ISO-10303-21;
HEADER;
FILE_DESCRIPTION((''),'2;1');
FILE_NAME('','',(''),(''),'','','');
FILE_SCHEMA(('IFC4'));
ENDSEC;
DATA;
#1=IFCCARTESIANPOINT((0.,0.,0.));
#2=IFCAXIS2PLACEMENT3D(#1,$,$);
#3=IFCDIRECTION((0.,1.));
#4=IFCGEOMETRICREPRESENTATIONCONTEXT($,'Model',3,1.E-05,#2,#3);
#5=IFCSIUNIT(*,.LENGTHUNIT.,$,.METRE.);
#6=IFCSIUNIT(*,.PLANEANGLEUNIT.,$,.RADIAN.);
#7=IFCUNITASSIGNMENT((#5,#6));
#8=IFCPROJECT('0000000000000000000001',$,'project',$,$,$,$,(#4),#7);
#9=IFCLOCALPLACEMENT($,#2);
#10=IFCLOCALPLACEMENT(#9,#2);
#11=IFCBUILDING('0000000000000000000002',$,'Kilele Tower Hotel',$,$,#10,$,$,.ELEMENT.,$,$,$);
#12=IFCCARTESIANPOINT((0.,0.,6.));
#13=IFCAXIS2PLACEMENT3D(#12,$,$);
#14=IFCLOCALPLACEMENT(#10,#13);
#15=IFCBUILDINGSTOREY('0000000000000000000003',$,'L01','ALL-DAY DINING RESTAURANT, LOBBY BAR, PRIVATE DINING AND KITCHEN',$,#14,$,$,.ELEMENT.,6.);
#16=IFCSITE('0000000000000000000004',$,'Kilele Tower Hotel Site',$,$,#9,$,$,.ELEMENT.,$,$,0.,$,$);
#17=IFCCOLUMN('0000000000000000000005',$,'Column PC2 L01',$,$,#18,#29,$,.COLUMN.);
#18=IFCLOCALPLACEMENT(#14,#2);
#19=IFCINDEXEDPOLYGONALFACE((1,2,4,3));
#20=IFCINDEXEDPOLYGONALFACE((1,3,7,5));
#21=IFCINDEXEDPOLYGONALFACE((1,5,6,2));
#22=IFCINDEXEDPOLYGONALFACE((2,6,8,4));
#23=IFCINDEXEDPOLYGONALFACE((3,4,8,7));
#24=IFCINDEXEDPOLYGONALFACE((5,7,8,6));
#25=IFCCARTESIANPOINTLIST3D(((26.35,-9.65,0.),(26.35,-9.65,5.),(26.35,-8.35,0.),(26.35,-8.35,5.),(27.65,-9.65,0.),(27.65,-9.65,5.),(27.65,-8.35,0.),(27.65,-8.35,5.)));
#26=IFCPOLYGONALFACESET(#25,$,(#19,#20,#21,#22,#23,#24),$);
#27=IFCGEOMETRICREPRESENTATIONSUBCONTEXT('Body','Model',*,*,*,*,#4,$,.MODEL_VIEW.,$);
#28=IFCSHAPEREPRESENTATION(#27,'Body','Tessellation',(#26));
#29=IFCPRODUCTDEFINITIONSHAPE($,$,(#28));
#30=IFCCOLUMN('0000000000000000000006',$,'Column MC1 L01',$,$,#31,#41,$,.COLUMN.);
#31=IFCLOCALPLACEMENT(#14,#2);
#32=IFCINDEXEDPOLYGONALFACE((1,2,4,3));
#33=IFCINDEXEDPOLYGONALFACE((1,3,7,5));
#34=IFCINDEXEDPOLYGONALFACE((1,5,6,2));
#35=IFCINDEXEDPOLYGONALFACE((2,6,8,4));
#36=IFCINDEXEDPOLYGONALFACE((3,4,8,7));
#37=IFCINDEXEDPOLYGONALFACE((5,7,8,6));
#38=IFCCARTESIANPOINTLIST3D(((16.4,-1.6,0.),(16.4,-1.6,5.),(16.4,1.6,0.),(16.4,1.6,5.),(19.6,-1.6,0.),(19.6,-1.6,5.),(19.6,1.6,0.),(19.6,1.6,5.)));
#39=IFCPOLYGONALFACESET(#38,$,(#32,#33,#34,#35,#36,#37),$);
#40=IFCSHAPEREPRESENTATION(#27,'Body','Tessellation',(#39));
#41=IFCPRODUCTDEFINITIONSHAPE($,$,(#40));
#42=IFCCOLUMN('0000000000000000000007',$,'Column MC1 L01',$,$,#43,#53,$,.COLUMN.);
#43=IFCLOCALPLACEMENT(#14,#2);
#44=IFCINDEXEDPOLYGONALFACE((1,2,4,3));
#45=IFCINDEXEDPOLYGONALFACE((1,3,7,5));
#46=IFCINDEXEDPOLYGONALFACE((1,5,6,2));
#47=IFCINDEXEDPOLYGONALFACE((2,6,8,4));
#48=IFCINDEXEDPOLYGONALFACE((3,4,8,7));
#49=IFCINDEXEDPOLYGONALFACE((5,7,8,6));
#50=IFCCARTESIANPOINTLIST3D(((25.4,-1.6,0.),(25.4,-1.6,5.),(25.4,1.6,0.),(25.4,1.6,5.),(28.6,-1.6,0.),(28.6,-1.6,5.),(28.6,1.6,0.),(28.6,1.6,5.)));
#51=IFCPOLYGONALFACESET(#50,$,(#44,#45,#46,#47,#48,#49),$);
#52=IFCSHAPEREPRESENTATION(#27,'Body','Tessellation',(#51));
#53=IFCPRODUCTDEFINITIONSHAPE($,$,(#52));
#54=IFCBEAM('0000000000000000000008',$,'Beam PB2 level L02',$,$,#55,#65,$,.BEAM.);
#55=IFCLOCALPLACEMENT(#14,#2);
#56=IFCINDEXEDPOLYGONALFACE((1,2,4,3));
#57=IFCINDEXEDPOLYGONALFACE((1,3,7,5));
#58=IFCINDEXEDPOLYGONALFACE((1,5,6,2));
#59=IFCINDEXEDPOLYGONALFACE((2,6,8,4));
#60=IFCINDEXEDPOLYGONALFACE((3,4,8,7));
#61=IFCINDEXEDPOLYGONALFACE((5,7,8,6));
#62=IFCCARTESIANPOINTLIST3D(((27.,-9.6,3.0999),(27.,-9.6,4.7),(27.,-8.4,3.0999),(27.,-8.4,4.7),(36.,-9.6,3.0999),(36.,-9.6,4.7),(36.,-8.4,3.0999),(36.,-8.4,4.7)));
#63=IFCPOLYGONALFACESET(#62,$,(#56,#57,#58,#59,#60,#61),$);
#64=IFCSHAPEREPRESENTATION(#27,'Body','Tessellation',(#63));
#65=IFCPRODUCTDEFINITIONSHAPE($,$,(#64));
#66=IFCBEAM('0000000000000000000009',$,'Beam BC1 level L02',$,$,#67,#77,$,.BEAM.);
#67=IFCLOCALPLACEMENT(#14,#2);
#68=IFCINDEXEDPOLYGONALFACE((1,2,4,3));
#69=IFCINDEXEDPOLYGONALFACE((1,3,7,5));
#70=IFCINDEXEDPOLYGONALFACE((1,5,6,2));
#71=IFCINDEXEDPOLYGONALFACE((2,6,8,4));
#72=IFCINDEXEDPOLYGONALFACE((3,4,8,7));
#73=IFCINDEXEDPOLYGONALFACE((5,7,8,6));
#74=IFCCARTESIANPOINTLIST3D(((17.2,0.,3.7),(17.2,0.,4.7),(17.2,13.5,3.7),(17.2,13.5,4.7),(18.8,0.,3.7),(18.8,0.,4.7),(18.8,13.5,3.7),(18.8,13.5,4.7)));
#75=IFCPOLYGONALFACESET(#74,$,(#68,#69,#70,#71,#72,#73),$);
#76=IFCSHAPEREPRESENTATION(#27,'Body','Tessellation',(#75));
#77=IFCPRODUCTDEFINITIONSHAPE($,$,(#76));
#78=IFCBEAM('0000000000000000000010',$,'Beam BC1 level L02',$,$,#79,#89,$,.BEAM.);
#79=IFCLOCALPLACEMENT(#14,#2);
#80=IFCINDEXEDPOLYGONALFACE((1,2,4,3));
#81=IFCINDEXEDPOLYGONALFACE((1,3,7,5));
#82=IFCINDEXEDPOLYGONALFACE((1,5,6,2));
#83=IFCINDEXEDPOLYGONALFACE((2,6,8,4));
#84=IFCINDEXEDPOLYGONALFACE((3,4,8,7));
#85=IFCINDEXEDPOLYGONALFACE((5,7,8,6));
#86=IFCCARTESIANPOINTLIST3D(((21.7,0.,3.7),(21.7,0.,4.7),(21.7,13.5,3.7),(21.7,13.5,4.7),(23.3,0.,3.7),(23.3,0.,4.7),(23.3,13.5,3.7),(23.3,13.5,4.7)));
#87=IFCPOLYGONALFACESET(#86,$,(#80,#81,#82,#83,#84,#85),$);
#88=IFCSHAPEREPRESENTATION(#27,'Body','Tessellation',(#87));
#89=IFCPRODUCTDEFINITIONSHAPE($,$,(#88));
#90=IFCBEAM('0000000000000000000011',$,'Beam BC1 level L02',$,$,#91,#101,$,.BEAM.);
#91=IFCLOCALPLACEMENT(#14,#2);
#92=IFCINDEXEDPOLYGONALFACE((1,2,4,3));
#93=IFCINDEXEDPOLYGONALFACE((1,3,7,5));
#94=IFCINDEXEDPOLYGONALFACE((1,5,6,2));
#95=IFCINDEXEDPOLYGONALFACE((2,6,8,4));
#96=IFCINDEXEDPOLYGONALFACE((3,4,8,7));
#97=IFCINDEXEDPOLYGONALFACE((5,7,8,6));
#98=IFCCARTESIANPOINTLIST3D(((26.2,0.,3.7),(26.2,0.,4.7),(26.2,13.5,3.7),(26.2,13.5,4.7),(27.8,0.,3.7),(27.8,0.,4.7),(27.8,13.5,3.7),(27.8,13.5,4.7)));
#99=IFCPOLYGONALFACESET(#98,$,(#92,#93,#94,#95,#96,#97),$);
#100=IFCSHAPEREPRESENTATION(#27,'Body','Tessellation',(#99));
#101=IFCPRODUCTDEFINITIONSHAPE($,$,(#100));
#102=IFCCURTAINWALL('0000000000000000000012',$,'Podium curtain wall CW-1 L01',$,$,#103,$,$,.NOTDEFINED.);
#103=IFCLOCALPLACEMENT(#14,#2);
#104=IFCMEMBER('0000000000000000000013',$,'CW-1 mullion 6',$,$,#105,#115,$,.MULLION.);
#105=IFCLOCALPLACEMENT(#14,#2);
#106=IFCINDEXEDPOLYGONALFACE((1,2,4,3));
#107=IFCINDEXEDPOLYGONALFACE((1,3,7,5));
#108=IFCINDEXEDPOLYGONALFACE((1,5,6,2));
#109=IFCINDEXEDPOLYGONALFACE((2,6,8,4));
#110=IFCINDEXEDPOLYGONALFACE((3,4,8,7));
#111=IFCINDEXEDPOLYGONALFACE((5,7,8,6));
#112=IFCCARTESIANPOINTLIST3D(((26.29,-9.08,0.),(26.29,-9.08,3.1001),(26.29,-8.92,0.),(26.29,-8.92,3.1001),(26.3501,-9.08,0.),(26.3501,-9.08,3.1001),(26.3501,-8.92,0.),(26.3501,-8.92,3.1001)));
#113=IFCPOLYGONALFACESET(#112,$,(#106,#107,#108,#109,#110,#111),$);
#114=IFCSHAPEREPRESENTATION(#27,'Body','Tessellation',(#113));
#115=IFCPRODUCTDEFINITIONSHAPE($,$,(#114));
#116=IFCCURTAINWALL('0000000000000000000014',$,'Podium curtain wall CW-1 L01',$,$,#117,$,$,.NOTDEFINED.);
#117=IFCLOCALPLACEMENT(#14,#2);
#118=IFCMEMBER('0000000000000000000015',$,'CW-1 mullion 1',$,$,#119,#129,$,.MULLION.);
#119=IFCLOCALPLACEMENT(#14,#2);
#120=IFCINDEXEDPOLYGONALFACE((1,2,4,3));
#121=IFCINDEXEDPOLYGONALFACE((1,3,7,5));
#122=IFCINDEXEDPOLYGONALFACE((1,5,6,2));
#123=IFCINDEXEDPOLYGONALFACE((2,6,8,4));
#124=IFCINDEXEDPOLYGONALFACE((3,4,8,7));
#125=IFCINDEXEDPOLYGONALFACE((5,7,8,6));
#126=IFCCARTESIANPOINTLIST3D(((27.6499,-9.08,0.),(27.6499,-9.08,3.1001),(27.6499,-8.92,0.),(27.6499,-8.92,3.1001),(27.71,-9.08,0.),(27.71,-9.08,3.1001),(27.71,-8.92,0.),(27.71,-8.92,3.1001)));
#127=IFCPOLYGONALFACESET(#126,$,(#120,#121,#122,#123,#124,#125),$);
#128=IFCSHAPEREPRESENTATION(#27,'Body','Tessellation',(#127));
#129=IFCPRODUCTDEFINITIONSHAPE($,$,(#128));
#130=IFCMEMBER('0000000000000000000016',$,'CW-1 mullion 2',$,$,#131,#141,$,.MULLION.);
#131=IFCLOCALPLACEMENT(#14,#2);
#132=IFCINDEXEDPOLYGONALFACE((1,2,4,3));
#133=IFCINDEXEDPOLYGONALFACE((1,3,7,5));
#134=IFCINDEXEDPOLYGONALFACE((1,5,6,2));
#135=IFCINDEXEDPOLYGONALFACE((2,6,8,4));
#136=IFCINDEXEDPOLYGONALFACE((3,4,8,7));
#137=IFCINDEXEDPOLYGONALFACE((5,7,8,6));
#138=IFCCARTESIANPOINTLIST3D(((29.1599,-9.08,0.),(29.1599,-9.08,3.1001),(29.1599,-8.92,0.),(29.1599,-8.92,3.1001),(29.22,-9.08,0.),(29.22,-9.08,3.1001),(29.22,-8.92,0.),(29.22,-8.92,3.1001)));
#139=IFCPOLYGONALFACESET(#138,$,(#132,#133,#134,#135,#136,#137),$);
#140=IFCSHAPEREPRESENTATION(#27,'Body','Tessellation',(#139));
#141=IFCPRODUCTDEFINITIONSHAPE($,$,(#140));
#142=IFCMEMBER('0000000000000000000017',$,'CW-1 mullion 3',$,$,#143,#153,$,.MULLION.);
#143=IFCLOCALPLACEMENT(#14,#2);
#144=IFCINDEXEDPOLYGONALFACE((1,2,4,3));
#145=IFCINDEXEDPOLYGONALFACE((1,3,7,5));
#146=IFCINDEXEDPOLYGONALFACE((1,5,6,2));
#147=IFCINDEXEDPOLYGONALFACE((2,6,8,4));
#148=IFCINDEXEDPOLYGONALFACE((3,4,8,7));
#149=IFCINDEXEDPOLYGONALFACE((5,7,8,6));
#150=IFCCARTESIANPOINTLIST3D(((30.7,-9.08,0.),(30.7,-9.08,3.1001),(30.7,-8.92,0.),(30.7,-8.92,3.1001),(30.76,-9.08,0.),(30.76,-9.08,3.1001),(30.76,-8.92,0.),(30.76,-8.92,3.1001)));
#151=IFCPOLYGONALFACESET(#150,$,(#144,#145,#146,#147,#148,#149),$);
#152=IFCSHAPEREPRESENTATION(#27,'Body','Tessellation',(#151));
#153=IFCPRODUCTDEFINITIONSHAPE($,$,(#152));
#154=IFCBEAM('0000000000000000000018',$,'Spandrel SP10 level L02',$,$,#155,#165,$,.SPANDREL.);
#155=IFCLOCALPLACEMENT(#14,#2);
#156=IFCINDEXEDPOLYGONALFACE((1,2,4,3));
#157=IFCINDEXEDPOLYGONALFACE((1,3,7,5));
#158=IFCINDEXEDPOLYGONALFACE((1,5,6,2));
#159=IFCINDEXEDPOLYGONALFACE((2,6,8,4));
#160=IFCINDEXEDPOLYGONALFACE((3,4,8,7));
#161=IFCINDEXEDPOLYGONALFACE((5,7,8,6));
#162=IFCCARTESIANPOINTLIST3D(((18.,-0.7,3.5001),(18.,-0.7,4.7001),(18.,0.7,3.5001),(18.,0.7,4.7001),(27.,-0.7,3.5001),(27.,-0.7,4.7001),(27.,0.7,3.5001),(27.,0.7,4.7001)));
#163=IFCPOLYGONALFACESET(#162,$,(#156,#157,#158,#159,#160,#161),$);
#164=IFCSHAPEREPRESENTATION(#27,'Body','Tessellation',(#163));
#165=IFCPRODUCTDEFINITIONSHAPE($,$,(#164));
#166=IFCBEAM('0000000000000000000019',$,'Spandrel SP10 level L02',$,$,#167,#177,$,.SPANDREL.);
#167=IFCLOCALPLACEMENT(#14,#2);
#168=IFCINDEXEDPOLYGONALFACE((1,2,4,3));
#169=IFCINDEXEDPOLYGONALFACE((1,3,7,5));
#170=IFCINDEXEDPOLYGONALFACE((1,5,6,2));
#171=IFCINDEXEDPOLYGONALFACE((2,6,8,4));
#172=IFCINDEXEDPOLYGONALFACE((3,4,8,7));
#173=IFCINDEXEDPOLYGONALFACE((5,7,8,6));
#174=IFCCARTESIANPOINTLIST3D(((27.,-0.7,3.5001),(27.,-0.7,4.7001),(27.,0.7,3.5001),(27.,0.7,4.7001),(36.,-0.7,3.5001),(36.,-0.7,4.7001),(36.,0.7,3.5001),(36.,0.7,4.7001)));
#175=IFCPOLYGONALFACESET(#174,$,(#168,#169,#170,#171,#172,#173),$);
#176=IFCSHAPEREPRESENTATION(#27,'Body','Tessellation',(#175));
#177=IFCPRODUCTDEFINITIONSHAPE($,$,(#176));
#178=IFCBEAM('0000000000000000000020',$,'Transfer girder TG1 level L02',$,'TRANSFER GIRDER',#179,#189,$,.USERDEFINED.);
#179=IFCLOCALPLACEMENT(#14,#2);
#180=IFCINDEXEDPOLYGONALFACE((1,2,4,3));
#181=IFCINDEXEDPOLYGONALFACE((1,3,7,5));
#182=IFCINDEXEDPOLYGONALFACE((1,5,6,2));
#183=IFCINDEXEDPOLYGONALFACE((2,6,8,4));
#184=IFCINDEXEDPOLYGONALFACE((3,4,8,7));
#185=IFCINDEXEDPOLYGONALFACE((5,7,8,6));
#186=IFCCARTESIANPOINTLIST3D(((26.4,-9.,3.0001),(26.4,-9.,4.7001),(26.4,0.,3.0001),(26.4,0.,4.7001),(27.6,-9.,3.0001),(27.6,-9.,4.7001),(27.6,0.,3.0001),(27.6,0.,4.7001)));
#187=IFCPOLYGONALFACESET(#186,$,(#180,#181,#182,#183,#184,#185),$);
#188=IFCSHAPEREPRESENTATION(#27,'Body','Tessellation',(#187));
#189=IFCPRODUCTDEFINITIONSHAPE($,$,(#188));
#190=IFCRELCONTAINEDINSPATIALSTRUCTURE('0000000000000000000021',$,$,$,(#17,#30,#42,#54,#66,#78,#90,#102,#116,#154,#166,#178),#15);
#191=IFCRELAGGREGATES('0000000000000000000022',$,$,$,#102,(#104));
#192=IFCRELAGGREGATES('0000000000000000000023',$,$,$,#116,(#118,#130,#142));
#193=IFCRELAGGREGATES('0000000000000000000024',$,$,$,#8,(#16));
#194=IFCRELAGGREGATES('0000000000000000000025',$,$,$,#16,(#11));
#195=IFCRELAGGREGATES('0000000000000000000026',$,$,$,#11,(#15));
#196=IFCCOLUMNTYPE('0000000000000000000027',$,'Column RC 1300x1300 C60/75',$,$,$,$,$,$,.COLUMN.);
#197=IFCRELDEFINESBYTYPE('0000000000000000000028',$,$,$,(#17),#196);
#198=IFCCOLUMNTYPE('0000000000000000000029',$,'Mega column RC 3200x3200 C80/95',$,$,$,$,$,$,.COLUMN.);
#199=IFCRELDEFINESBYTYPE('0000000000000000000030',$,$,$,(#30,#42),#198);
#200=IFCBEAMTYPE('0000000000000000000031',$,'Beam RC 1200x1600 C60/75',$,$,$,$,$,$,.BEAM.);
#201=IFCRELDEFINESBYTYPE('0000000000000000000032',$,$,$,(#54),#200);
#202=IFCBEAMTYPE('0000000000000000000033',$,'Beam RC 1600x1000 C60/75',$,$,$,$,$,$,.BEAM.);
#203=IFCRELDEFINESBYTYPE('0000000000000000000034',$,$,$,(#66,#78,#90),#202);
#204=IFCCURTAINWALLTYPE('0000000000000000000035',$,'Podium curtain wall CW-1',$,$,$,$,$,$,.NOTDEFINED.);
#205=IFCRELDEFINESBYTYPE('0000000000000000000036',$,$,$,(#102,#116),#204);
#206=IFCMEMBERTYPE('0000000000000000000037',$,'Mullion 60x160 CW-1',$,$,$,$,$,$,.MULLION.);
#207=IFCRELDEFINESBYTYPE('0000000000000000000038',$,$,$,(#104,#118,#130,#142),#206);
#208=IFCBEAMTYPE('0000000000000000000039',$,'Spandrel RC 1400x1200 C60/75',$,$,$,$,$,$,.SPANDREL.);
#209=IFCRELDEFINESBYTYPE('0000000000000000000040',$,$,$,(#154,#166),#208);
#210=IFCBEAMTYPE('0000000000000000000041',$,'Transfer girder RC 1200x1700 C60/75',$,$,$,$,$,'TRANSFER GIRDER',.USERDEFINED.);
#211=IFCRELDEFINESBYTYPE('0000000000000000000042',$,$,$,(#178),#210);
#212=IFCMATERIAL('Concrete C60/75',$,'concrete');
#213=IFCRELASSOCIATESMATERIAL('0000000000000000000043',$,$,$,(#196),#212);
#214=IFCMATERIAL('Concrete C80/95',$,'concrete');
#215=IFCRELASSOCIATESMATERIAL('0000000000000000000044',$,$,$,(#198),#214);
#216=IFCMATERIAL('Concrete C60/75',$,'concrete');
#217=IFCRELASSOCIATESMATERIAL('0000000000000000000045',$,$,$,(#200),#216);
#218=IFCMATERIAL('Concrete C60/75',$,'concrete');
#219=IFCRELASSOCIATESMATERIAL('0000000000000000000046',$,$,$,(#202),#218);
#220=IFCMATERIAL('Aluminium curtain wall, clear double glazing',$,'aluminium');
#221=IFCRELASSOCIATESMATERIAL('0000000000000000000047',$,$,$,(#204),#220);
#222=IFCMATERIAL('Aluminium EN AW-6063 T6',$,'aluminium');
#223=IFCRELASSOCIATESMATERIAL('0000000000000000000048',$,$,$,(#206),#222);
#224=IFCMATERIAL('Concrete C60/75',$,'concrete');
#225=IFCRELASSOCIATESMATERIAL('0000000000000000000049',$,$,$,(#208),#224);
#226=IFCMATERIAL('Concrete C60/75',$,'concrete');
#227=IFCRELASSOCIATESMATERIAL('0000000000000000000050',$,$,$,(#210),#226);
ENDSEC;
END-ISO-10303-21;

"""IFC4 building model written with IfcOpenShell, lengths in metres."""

from ifc_helpers import new_model, si_unit, direction, frame, origin, origin_2d, place, context, subcontext, project, spatial, rectangle, extrude, material, material_profile, profile_set, type_object, element, aggregate, save


model = new_model("IFC4")

# Units and contexts
model_context = context("Model", 3, precision=1e-05, world=origin(), true_north=direction((0.0, 1.0)))
body_context = subcontext(model_context, "Body", "Model", "MODEL_VIEW")
ifc_project = project(units=[si_unit("LENGTHUNIT", "METRE"), si_unit("PLANEANGLEUNIT", "RADIAN")], contexts=[model_context])

# Site, building, storey
site_placement = place(None, origin())
site = spatial("IfcSite", under=ifc_project, at=site_placement, Name="Kilele Tower Hotel Site", CompositionType="ELEMENT", RefElevation=0.0)
building_placement = place(site_placement, origin())
building = spatial("IfcBuilding", under=site, at=building_placement, Name="Kilele Tower Hotel", CompositionType="ELEMENT")
storey_placement = place(building_placement, frame((0.0, 0.0, 6.0)))
storey = spatial("IfcBuildingStorey", under=building, at=storey_placement, Name="L01", Description="ALL-DAY DINING RESTAURANT, LOBBY BAR, PRIVATE DINING AND KITCHEN", CompositionType="ELEMENT", Elevation=6.0)

# Columns
ifc_material_1 = material(Name="Concrete C60/75", Category="concrete")
ifc_material_profile_1 = material_profile(ifc_material_1, rectangle(XDim=1.3, YDim=1.3, at=origin_2d()))
ifc_profile_set_1 = profile_set([ifc_material_profile_1], Name="Concrete C60/75")
column_type_1 = type_object("IfcColumnType", Name="Column RC 1300x1300 C60/75", PredefinedType="COLUMN", material=ifc_profile_set_1)
column_placement = place(storey_placement, frame((27.0, -9.0, 0.0), z_axis=(0.0, 0.0, 1.0), x_axis=(1.0, 0.0, 0.0)))
element("IfcColumn", 1, at=column_placement, inside=storey, type_object=column_type_1, Name="Column PC2 L01", PredefinedType="COLUMN", context=body_context, shape_type="SweptSolid", body=[
    extrude(rectangle(XDim=1.3, YDim=1.3, at=origin_2d()), origin(), (0.0, 0.0, 1.0), 5.0),
])
ifc_material_2 = material(Name="Concrete C80/95", Category="concrete")
ifc_material_profile_2 = material_profile(ifc_material_2, rectangle(XDim=3.2, YDim=3.2, at=origin_2d()))
ifc_profile_set_2 = profile_set([ifc_material_profile_2], Name="Concrete C80/95")
column_type_2 = type_object("IfcColumnType", Name="Mega column RC 3200x3200 C80/95", PredefinedType="COLUMN", material=ifc_profile_set_2)
for number, where, z_axis, x_axis, name in (
    (2, (18.0, 0.0, 0.0), (0.0, 0.0, 1.0), (1.0, 0.0, 0.0), "Column MC1 L01"),
    (3, (27.0, 0.0, 0.0), (0.0, 0.0, 1.0), (1.0, 0.0, 0.0), "Column MC1 L01"),
):
    element("IfcColumn", number, at=place(storey_placement, frame(where, z_axis=z_axis, x_axis=x_axis)), inside=storey, type_object=column_type_2, Name=name, PredefinedType="COLUMN", context=body_context, shape_type="SweptSolid", body=[
        extrude(rectangle(XDim=3.2, YDim=3.2, at=origin_2d()), origin(), (0.0, 0.0, 1.0), 5.0),
    ])

# Beams
ifc_material_3 = material(Name="Concrete C60/75", Category="concrete")
ifc_material_profile_3 = material_profile(ifc_material_3, rectangle(XDim=1.2, YDim=1.6001, at=origin_2d()))
ifc_profile_set_3 = profile_set([ifc_material_profile_3], Name="Concrete C60/75")
beam_type_1 = type_object("IfcBeamType", Name="Beam RC 1200x1600 C60/75", PredefinedType="BEAM", material=ifc_profile_set_3)
beam_1_placement = place(storey_placement, frame((27.0, -9.0, 3.8999), z_axis=(1.0, 0.0, 0.0), x_axis=(0.0, 1.0, 0.0)))
element("IfcBeam", 4, at=beam_1_placement, inside=storey, type_object=beam_type_1, Name="Beam PB2 level L02", PredefinedType="BEAM", context=body_context, shape_type="SweptSolid", body=[
    extrude(rectangle(XDim=1.2, YDim=1.6001, at=origin_2d()), origin(), (0.0, 0.0, 1.0), 9.0),
])
ifc_material_4 = material(Name="Concrete C60/75", Category="concrete")
ifc_material_profile_4 = material_profile(ifc_material_4, rectangle(XDim=1.6001, YDim=1.0, at=origin_2d()))
ifc_profile_set_4 = profile_set([ifc_material_profile_4], Name="Concrete C60/75")
beam_type_2 = type_object("IfcBeamType", Name="Beam RC 1600x1000 C60/75", PredefinedType="BEAM", material=ifc_profile_set_4)
for number, where, z_axis, x_axis, name in (
    (5, (18.0, 0.0, 4.2), (0.0, 1.0, 0.0), (-1.0, 0.0, 0.0), "Beam BC1 level L02"),
    (6, (22.5, 0.0, 4.2), (0.0, 1.0, 0.0), (-1.0, 0.0, 0.0), "Beam BC1 level L02"),
    (7, (27.0, 0.0, 4.2), (0.0, 1.0, 0.0), (-1.0, 0.0, 0.0), "Beam BC1 level L02"),
):
    element("IfcBeam", number, at=place(storey_placement, frame(where, z_axis=z_axis, x_axis=x_axis)), inside=storey, type_object=beam_type_2, Name=name, PredefinedType="BEAM", context=body_context, shape_type="SweptSolid", body=[
        extrude(rectangle(XDim=1.6001, YDim=1.0, at=origin_2d()), origin(), (0.0, 0.0, 1.0), 13.5),
    ])

# Curtain wall, member
ifc_material_5 = material(Name="Aluminium curtain wall, clear double glazing", Category="aluminium")
curtain_wall_type = type_object("IfcCurtainWallType", Name="Podium curtain wall CW-1", PredefinedType="NOTDEFINED", material=ifc_material_5)
curtain_wall_1_placement = place(storey_placement, origin())
curtain_wall_1 = element("IfcCurtainWall", 8, at=curtain_wall_1_placement, inside=storey, type_object=curtain_wall_type, Name="Podium curtain wall CW-1 L01", PredefinedType="NOTDEFINED")
ifc_material_6 = material(Name="Aluminium EN AW-6063 T6", Category="aluminium")
ifc_material_profile_5 = material_profile(ifc_material_6, rectangle(XDim=0.1599, YDim=0.0601, at=origin_2d()))
ifc_profile_set_5 = profile_set([ifc_material_profile_5], Name="Aluminium EN AW-6063 T6")
member_type_1 = type_object("IfcMemberType", Name="Mullion 60x160 CW-1", PredefinedType="MULLION", material=ifc_profile_set_5)
member_1_placement = place(storey_placement, frame((26.3201, -9.0, 0.0), z_axis=(0.0, 0.0, 1.0), x_axis=(0.0, 1.0, 0.0)))
member_1 = element("IfcMember", 9, at=member_1_placement, type_object=member_type_1, Name="CW-1 mullion 6", PredefinedType="MULLION", context=body_context, shape_type="SweptSolid", body=[
    extrude(rectangle(XDim=0.1599, YDim=0.0601, at=origin_2d()), origin(), (0.0, 0.0, 1.0), 3.1001),
])

# Curtain wall, members
curtain_wall_2_placement = place(storey_placement, origin())
curtain_wall_2 = element("IfcCurtainWall", 10, at=curtain_wall_2_placement, inside=storey, type_object=curtain_wall_type, Name="Podium curtain wall CW-1 L01", PredefinedType="NOTDEFINED")
member_2_placement = place(storey_placement, frame((27.6799, -9.0, 0.0), z_axis=(0.0, 0.0, 1.0), x_axis=(0.0, 1.0, 0.0)))
member_2 = element("IfcMember", 11, at=member_2_placement, type_object=member_type_1, Name="CW-1 mullion 1", PredefinedType="MULLION", context=body_context, shape_type="SweptSolid", body=[
    extrude(rectangle(XDim=0.1599, YDim=0.0601, at=origin_2d()), origin(), (0.0, 0.0, 1.0), 3.1001),
])
member_3_placement = place(storey_placement, frame((29.1899, -9.0, 0.0), z_axis=(0.0, 0.0, 1.0), x_axis=(0.0, 1.0, 0.0)))
member_3 = element("IfcMember", 12, at=member_3_placement, type_object=member_type_1, Name="CW-1 mullion 2", PredefinedType="MULLION", context=body_context, shape_type="SweptSolid", body=[
    extrude(rectangle(XDim=0.1599, YDim=0.0601, at=origin_2d()), origin(), (0.0, 0.0, 1.0), 3.1001),
])
member_4_placement = place(storey_placement, frame((30.73, -9.0, 0.0), z_axis=(0.0, 0.0, 1.0), x_axis=(0.0, 1.0, 0.0)))
member_4 = element("IfcMember", 13, at=member_4_placement, type_object=member_type_1, Name="CW-1 mullion 3", PredefinedType="MULLION", context=body_context, shape_type="SweptSolid", body=[
    extrude(rectangle(XDim=0.1599, YDim=0.0601, at=origin_2d()), origin(), (0.0, 0.0, 1.0), 3.1001),
])

# Beams
ifc_material_7 = material(Name="Concrete C60/75", Category="concrete")
ifc_material_profile_6 = material_profile(ifc_material_7, rectangle(XDim=1.3999, YDim=1.2, at=origin_2d()))
ifc_profile_set_6 = profile_set([ifc_material_profile_6], Name="Concrete C60/75")
beam_type_3 = type_object("IfcBeamType", Name="Spandrel RC 1400x1200 C60/75", PredefinedType="SPANDREL", material=ifc_profile_set_6)
for number, where, z_axis, x_axis, name in (
    (14, (18.0, 0.0, 4.1001), (1.0, 0.0, 0.0), (0.0, 1.0, 0.0), "Spandrel SP10 level L02"),
    (15, (27.0, 0.0, 4.1001), (1.0, 0.0, 0.0), (0.0, 1.0, 0.0), "Spandrel SP10 level L02"),
):
    element("IfcBeam", number, at=place(storey_placement, frame(where, z_axis=z_axis, x_axis=x_axis)), inside=storey, type_object=beam_type_3, Name=name, PredefinedType="SPANDREL", context=body_context, shape_type="SweptSolid", body=[
        extrude(rectangle(XDim=1.3999, YDim=1.2, at=origin_2d()), origin(), (0.0, 0.0, 1.0), 9.0),
    ])
ifc_material_8 = material(Name="Concrete C60/75", Category="concrete")
ifc_material_profile_7 = material_profile(ifc_material_8, rectangle(XDim=1.2, YDim=1.7, at=origin_2d()))
ifc_profile_set_7 = profile_set([ifc_material_profile_7], Name="Concrete C60/75")
beam_type_4 = type_object("IfcBeamType", Name="Transfer girder RC 1200x1700 C60/75", ElementType="TRANSFER GIRDER", PredefinedType="USERDEFINED", material=ifc_profile_set_7)
beam_2_placement = place(storey_placement, frame((27.0, -9.0, 3.8501), z_axis=(0.0, 1.0, 0.0), x_axis=(-1.0, 0.0, 0.0)))
element("IfcBeam", 16, at=beam_2_placement, inside=storey, type_object=beam_type_4, Name="Transfer girder TG1 level L02", ObjectType="TRANSFER GIRDER", PredefinedType="USERDEFINED", context=body_context, shape_type="SweptSolid", body=[
    extrude(rectangle(XDim=1.2, YDim=1.7, at=origin_2d()), origin(), (0.0, 0.0, 1.0), 9.0),
])

aggregate(curtain_wall_1, [member_1])
aggregate(curtain_wall_2, [member_2, member_3, member_4])

save(model, "model.ifc")
